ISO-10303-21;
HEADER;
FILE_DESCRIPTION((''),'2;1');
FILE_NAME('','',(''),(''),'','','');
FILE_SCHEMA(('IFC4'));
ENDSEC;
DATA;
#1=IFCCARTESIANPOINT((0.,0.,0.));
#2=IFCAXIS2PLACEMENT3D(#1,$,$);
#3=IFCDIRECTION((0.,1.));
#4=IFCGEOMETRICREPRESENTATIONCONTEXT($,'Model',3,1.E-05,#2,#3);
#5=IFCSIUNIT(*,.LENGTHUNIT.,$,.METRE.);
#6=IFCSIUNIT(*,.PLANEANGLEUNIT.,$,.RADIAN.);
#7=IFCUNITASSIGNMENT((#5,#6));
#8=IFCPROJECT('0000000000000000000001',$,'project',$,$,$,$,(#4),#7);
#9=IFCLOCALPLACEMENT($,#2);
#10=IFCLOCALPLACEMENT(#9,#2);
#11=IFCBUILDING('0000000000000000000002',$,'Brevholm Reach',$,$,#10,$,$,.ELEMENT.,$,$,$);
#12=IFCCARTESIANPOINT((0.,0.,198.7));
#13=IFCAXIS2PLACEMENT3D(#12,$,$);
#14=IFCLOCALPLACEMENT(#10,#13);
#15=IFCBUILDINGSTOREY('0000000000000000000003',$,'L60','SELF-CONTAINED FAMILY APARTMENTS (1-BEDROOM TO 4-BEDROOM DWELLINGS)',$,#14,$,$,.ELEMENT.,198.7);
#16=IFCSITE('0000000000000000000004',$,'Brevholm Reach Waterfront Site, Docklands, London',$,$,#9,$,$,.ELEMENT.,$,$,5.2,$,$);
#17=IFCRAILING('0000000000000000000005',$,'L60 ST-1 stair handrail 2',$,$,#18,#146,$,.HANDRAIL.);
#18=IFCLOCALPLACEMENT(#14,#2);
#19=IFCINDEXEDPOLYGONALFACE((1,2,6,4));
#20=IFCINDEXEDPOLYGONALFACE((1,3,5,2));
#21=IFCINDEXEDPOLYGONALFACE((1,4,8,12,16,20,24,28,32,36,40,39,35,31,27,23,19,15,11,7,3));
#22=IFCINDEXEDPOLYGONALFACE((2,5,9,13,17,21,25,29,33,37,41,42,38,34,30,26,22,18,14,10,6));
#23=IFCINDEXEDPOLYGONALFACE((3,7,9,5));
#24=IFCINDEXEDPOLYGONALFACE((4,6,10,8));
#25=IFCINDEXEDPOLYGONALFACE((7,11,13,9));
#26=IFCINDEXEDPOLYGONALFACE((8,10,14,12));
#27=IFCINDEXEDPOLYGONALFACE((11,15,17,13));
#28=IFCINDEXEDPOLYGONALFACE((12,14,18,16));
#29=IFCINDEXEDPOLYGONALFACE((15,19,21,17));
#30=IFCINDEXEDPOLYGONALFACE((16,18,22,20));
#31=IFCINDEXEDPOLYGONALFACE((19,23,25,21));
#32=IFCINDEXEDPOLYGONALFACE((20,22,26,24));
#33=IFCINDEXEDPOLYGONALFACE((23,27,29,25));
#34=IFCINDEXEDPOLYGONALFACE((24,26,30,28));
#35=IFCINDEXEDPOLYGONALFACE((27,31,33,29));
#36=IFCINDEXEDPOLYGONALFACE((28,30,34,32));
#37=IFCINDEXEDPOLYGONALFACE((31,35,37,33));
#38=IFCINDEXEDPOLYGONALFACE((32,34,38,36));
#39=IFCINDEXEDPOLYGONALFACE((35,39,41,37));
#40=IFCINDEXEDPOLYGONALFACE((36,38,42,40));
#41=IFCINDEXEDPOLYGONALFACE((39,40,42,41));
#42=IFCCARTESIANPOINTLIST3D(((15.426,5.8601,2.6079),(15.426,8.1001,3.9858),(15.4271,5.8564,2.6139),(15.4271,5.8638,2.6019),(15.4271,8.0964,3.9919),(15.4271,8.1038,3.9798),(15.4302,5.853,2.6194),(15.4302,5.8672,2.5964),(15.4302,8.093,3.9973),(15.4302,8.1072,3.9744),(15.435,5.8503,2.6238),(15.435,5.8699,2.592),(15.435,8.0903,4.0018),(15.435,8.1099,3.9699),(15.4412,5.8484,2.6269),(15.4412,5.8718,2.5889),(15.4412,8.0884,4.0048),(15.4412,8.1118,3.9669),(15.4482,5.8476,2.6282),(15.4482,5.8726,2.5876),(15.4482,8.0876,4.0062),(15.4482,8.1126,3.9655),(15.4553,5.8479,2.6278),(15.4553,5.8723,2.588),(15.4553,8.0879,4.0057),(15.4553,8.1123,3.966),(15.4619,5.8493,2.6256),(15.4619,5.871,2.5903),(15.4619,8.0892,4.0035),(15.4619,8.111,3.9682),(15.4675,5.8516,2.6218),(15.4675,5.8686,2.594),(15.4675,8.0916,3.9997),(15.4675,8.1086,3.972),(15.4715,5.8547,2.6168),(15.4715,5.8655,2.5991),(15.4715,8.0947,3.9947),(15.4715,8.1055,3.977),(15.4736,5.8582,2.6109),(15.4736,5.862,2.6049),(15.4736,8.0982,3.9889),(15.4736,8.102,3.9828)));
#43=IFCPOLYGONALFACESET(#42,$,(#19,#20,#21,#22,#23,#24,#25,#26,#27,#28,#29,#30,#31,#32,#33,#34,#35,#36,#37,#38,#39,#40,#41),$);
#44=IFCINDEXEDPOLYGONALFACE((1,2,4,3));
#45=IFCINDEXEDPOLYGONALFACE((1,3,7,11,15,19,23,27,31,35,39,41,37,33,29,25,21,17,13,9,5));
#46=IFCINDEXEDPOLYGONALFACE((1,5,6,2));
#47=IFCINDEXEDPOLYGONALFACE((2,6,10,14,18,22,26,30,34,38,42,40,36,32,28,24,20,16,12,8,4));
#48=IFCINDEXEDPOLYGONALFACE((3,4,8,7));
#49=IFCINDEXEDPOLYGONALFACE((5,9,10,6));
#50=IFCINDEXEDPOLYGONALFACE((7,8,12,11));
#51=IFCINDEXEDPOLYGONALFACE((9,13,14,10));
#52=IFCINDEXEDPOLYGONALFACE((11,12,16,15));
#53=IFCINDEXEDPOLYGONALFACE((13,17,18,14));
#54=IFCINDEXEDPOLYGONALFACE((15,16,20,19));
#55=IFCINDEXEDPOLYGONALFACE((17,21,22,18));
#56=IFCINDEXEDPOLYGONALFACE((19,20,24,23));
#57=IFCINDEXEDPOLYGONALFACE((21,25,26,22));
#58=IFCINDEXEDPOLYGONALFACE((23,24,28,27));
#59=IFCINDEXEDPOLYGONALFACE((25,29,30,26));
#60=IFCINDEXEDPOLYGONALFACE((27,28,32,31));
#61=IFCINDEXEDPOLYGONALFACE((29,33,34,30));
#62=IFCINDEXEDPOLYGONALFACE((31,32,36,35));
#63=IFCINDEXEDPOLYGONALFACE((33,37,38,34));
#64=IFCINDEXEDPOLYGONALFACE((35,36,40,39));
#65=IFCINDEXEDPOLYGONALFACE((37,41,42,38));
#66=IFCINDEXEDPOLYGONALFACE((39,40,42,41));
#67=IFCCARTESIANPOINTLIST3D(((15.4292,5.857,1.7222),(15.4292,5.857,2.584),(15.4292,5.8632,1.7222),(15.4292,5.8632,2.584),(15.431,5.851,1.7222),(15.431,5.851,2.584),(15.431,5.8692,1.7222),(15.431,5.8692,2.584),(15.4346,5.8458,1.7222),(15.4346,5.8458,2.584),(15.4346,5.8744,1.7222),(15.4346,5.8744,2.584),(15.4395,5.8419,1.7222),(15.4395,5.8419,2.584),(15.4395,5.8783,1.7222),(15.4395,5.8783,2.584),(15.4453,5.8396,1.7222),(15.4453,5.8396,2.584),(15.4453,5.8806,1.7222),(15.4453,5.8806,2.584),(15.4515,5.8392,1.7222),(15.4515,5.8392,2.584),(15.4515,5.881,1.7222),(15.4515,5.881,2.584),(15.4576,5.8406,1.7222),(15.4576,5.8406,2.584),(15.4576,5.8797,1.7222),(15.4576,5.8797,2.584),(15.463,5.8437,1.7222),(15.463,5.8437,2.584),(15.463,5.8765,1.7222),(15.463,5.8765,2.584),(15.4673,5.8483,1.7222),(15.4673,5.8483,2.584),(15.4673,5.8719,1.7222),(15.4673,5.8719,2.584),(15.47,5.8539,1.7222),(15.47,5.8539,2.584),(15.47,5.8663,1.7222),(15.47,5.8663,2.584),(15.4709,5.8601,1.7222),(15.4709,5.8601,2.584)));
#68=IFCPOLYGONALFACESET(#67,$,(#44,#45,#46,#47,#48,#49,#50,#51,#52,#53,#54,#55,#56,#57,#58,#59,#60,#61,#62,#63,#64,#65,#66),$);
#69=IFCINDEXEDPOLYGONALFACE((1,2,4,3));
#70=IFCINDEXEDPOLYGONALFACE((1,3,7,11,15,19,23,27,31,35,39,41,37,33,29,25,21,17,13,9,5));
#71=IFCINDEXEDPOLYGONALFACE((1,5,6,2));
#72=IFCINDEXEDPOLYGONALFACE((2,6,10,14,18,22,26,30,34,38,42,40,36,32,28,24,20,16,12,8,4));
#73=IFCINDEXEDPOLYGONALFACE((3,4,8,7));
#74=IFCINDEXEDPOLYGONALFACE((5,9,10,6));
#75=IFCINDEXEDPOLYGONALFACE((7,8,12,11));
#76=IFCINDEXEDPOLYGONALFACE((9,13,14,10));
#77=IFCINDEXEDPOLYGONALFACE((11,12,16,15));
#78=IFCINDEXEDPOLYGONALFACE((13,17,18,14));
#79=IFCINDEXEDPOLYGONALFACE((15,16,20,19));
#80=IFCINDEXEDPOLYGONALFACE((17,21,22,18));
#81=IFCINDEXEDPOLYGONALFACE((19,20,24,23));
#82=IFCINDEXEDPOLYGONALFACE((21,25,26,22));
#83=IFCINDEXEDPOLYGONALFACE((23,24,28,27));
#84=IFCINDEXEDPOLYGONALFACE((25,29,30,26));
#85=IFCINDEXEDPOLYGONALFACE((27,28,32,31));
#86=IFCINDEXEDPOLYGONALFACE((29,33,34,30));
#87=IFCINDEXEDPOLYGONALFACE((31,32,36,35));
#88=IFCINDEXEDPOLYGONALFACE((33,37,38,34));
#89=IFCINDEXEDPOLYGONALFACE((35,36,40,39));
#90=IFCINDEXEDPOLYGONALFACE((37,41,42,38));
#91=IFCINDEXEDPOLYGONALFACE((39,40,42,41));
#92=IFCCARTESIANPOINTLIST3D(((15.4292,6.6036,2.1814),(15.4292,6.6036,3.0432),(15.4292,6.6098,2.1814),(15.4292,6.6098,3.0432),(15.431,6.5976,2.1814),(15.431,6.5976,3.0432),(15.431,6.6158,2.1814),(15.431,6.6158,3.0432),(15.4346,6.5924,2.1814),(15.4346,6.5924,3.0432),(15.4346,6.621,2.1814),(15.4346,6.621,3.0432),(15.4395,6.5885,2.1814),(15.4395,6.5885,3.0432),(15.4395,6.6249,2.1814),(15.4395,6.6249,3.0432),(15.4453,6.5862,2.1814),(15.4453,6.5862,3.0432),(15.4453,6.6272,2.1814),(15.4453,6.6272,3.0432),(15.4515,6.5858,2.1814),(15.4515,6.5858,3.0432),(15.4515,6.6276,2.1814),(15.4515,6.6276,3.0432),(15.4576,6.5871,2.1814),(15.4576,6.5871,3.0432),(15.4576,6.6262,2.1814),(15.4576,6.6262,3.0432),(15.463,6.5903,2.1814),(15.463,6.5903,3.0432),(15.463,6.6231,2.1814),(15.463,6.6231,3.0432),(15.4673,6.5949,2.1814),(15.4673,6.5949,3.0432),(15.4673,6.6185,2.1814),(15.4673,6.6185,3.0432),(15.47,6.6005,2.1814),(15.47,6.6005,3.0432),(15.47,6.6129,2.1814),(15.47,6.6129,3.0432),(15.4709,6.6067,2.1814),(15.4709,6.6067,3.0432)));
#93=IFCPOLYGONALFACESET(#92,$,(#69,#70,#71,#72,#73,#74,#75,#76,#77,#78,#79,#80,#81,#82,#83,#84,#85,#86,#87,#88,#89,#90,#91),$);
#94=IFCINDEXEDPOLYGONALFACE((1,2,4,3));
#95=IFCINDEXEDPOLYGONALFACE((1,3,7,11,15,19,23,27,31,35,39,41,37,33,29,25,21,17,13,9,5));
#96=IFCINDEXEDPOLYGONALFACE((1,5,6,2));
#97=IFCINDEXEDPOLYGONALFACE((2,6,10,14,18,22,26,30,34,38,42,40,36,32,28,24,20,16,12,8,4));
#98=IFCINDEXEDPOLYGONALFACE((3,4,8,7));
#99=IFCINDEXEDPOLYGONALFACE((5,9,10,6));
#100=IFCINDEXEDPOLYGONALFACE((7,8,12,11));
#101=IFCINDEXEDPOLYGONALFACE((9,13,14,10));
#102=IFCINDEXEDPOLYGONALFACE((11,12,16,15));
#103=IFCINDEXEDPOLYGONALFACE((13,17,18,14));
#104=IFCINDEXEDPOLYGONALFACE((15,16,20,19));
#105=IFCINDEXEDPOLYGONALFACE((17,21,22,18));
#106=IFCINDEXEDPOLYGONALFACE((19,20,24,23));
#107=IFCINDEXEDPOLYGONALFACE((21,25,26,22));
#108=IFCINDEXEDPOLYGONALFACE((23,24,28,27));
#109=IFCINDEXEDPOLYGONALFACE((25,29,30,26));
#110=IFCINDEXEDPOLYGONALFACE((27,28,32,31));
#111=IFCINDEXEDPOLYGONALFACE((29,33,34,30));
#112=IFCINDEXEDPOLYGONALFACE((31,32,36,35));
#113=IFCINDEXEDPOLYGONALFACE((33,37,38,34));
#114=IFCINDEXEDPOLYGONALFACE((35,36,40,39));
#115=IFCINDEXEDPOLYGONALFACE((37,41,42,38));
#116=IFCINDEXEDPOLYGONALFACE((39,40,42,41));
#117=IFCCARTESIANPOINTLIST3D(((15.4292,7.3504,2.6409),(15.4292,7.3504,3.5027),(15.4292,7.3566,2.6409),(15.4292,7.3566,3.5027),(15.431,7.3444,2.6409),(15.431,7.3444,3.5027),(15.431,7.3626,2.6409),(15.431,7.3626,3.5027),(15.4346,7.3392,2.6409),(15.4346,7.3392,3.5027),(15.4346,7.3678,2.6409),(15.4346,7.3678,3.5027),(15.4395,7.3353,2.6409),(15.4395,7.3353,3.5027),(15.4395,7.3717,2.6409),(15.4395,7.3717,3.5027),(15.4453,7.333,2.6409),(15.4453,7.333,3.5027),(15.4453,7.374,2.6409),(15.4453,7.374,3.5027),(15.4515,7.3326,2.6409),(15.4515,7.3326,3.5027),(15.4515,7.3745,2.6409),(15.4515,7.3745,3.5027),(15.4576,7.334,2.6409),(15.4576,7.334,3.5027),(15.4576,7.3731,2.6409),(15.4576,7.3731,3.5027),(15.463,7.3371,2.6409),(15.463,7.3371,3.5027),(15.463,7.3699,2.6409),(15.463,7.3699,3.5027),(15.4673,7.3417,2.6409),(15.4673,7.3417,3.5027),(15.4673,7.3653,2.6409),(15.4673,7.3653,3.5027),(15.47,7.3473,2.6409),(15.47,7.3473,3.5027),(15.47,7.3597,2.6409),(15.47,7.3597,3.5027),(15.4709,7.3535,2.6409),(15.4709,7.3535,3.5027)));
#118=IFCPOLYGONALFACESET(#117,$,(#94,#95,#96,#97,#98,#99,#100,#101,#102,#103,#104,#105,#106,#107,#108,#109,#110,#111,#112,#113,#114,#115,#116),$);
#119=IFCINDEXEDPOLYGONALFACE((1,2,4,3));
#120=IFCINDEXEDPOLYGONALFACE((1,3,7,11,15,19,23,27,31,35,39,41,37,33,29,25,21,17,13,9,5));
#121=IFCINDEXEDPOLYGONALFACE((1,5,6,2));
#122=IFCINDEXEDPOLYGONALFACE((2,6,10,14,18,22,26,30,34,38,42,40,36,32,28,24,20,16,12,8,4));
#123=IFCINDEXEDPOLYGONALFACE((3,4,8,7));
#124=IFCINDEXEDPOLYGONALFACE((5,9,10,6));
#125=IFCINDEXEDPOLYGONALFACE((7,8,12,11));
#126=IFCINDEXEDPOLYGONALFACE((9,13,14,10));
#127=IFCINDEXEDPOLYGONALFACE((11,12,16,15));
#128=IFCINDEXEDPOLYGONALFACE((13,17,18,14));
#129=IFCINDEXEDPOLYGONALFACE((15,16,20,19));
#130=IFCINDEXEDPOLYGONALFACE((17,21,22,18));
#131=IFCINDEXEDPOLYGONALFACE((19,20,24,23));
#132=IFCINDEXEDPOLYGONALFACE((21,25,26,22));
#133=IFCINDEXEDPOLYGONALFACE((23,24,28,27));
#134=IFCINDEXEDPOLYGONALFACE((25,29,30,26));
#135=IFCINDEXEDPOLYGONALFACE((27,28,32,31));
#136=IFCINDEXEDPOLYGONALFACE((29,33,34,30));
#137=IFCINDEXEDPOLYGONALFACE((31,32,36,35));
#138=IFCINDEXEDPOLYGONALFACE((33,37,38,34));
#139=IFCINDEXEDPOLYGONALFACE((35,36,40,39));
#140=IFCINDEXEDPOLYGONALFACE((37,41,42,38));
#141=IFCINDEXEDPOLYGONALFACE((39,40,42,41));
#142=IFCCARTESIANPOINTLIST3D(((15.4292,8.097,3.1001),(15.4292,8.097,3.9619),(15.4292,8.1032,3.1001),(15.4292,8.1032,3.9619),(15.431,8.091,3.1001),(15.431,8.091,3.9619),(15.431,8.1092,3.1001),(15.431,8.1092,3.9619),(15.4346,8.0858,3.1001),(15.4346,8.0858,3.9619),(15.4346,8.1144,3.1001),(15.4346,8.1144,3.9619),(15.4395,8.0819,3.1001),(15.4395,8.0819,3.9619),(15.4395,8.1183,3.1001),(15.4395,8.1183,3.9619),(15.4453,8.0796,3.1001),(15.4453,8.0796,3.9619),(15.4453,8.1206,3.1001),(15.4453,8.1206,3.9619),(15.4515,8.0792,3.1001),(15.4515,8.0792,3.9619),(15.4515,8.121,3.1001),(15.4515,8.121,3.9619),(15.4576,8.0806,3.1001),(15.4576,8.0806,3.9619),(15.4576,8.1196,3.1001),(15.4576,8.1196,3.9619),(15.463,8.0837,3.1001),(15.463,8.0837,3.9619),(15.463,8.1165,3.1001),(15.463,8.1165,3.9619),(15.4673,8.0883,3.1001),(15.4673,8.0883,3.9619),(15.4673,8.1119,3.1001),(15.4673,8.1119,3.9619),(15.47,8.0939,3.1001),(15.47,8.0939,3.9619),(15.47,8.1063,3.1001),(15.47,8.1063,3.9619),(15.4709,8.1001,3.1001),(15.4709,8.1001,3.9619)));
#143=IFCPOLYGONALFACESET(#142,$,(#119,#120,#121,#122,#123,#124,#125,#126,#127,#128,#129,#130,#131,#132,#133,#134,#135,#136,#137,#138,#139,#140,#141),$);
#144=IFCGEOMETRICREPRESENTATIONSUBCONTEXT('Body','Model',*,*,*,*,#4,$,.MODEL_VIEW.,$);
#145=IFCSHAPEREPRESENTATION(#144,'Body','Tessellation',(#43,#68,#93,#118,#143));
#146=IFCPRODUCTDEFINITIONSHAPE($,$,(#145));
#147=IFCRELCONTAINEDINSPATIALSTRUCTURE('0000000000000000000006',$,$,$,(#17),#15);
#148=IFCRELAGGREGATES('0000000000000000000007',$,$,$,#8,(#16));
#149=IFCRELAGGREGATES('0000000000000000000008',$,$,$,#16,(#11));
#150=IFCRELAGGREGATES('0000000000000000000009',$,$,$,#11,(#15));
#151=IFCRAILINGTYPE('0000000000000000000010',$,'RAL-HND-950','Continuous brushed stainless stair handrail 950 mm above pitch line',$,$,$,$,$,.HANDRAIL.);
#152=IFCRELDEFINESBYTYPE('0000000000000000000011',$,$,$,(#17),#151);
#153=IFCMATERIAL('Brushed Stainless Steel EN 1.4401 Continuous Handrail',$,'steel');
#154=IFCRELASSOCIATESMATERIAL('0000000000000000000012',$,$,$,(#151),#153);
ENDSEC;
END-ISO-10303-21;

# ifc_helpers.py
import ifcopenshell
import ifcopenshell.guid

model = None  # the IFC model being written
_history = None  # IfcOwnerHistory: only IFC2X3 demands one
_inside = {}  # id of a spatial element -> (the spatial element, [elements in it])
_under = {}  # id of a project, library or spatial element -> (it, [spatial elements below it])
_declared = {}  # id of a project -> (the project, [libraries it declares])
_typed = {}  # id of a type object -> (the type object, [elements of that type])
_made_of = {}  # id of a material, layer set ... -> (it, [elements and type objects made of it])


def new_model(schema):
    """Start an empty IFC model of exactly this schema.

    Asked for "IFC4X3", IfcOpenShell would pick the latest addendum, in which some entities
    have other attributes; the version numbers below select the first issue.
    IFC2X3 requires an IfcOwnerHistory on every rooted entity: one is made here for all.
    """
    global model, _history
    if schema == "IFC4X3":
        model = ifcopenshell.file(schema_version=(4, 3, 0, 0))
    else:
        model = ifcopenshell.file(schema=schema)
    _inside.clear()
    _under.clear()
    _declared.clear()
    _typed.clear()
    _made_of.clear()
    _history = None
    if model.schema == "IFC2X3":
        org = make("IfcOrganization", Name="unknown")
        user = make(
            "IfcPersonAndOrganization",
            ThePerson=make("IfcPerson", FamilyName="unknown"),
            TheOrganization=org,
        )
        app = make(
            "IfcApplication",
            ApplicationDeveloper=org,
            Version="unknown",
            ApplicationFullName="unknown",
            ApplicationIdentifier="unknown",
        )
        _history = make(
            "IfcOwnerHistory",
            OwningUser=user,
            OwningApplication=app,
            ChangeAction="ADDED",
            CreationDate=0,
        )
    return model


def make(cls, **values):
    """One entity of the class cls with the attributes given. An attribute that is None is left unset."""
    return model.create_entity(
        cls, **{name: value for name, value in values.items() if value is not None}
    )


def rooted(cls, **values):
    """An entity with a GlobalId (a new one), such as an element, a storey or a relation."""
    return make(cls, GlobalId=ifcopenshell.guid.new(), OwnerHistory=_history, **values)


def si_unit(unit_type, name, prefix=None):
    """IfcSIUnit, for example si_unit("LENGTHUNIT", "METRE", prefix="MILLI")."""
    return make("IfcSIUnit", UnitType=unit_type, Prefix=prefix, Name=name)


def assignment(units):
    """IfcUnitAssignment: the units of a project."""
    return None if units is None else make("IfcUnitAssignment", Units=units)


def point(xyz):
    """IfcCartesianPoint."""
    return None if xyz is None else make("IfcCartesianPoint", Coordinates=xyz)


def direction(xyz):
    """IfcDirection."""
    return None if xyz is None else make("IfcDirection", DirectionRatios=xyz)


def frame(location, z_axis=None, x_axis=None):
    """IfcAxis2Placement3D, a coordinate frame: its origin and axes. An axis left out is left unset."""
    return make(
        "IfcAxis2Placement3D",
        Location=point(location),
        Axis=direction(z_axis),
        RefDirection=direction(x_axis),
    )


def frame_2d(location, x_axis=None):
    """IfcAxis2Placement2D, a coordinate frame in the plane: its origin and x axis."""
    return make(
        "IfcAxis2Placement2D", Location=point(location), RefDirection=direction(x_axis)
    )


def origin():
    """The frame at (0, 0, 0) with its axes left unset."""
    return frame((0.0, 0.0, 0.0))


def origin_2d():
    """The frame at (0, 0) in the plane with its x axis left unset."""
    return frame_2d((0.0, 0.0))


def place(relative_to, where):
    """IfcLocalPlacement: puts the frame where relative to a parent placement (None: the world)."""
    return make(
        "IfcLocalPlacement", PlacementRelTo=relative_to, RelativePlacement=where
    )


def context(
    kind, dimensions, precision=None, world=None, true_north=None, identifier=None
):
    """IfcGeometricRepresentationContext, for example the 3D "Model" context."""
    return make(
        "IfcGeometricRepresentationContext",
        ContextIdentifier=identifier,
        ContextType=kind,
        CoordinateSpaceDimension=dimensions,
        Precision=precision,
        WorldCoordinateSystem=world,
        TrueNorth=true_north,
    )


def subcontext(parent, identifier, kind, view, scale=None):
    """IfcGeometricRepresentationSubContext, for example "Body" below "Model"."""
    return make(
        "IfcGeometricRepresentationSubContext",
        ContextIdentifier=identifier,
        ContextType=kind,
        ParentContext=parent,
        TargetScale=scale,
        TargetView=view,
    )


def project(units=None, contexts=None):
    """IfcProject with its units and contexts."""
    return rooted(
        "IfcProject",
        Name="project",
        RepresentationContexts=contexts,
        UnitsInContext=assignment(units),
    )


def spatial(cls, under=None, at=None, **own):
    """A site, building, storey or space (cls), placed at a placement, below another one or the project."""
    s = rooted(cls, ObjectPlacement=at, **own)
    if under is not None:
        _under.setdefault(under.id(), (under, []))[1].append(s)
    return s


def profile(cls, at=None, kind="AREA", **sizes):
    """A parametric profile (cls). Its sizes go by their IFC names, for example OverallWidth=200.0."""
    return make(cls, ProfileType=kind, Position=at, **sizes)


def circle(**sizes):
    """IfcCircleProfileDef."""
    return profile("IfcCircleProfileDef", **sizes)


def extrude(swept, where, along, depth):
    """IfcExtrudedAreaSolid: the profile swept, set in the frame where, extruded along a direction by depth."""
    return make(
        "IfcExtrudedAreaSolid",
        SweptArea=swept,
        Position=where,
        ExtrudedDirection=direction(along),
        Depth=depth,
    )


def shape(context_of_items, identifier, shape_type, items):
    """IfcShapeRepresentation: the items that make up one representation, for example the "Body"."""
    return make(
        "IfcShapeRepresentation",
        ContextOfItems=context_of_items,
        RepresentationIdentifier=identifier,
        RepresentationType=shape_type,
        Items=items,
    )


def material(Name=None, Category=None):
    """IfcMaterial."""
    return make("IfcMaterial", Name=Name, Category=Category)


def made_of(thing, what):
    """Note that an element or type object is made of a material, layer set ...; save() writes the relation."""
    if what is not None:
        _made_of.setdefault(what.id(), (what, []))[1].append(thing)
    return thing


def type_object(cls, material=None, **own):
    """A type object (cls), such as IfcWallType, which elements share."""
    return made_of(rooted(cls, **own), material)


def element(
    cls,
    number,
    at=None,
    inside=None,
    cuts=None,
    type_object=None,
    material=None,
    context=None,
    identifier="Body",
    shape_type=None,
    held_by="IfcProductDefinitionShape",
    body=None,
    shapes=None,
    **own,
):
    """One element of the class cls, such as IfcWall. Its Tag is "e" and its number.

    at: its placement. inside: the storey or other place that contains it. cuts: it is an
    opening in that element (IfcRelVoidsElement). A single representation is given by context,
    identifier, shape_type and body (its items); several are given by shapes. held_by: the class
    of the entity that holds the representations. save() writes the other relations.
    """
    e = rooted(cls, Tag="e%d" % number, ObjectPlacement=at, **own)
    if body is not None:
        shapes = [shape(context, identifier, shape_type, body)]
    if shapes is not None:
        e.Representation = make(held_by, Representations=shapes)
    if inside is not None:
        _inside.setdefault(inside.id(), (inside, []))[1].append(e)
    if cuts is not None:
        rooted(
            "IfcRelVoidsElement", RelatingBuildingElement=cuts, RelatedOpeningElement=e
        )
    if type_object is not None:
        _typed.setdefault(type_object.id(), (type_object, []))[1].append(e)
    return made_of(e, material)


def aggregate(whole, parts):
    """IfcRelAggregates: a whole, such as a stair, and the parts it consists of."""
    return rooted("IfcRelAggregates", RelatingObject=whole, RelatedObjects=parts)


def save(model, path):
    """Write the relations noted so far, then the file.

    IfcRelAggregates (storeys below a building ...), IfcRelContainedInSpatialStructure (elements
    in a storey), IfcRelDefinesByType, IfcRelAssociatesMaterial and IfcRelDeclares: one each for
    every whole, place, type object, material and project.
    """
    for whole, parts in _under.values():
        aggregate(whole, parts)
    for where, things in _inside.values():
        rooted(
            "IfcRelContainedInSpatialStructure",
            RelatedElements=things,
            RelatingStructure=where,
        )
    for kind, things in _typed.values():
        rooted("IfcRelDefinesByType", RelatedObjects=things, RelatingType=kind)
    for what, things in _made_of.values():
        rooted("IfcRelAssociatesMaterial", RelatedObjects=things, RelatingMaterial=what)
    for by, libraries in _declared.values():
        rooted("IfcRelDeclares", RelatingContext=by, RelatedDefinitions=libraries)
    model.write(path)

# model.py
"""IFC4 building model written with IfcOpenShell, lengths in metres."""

from ifc_helpers import new_model, si_unit, direction, frame, origin, origin_2d, place, context, subcontext, project, spatial, circle, extrude, material, type_object, element, save


model = new_model("IFC4")

# Units and contexts
model_context = context("Model", 3, precision=1e-05, world=origin(), true_north=direction((0.0, 1.0)))
body_context = subcontext(model_context, "Body", "Model", "MODEL_VIEW")
ifc_project = project(units=[si_unit("LENGTHUNIT", "METRE"), si_unit("PLANEANGLEUNIT", "RADIAN")], contexts=[model_context])

# Site, building, storey
site_placement = place(None, origin())
site = spatial("IfcSite", under=ifc_project, at=site_placement, Name="Brevholm Reach Waterfront Site, Docklands, London", CompositionType="ELEMENT", RefElevation=5.2)
building_placement = place(site_placement, origin())
building = spatial("IfcBuilding", under=site, at=building_placement, Name="Brevholm Reach", CompositionType="ELEMENT")
storey_placement = place(building_placement, frame((0.0, 0.0, 198.7)))
storey = spatial("IfcBuildingStorey", under=building, at=storey_placement, Name="L60", Description="SELF-CONTAINED FAMILY APARTMENTS (1-BEDROOM TO 4-BEDROOM DWELLINGS)", CompositionType="ELEMENT", Elevation=198.7)

# Railing
ifc_material_1 = material(Name="Brushed Stainless Steel EN 1.4401 Continuous Handrail", Category="steel")
railing_type_1 = type_object("IfcRailingType", Name="RAL-HND-950", Description="Continuous brushed stainless stair handrail 950 mm above pitch line", PredefinedType="HANDRAIL", material=ifc_material_1)
railing_1_placement = place(storey_placement, frame((15.45, 5.8601, 1.7222)))
element("IfcRailing", 1, at=railing_1_placement, inside=storey, type_object=railing_type_1, Name="L60 ST-1 stair handrail 2", PredefinedType="HANDRAIL", context=body_context, shape_type="SweptSolid", body=[
    extrude(circle(Radius=0.0239, at=origin_2d()), frame((0.0, 0.0, 0.8857), z_axis=(0.0, 0.851748, 0.523952), x_axis=(-1.0, 0.0, 0.0)), (0.0, 0.0, 1.0), 2.6299),
    extrude(circle(Radius=0.021, at=origin_2d()), origin(), (0.0, 0.0, 1.0), 0.8618),
    extrude(circle(Radius=0.021, at=origin_2d()), frame((0.0, 0.7466, 0.4592)), (0.0, 0.0, 1.0), 0.8618),
    extrude(circle(Radius=0.021, at=origin_2d()), frame((0.0, 1.4934, 0.9187)), (0.0, 0.0, 1.0), 0.8618),
    extrude(circle(Radius=0.021, at=origin_2d()), frame((0.0, 2.24, 1.3779)), (0.0, 0.0, 1.0), 0.8618),
])

save(model, "model.ifc")
